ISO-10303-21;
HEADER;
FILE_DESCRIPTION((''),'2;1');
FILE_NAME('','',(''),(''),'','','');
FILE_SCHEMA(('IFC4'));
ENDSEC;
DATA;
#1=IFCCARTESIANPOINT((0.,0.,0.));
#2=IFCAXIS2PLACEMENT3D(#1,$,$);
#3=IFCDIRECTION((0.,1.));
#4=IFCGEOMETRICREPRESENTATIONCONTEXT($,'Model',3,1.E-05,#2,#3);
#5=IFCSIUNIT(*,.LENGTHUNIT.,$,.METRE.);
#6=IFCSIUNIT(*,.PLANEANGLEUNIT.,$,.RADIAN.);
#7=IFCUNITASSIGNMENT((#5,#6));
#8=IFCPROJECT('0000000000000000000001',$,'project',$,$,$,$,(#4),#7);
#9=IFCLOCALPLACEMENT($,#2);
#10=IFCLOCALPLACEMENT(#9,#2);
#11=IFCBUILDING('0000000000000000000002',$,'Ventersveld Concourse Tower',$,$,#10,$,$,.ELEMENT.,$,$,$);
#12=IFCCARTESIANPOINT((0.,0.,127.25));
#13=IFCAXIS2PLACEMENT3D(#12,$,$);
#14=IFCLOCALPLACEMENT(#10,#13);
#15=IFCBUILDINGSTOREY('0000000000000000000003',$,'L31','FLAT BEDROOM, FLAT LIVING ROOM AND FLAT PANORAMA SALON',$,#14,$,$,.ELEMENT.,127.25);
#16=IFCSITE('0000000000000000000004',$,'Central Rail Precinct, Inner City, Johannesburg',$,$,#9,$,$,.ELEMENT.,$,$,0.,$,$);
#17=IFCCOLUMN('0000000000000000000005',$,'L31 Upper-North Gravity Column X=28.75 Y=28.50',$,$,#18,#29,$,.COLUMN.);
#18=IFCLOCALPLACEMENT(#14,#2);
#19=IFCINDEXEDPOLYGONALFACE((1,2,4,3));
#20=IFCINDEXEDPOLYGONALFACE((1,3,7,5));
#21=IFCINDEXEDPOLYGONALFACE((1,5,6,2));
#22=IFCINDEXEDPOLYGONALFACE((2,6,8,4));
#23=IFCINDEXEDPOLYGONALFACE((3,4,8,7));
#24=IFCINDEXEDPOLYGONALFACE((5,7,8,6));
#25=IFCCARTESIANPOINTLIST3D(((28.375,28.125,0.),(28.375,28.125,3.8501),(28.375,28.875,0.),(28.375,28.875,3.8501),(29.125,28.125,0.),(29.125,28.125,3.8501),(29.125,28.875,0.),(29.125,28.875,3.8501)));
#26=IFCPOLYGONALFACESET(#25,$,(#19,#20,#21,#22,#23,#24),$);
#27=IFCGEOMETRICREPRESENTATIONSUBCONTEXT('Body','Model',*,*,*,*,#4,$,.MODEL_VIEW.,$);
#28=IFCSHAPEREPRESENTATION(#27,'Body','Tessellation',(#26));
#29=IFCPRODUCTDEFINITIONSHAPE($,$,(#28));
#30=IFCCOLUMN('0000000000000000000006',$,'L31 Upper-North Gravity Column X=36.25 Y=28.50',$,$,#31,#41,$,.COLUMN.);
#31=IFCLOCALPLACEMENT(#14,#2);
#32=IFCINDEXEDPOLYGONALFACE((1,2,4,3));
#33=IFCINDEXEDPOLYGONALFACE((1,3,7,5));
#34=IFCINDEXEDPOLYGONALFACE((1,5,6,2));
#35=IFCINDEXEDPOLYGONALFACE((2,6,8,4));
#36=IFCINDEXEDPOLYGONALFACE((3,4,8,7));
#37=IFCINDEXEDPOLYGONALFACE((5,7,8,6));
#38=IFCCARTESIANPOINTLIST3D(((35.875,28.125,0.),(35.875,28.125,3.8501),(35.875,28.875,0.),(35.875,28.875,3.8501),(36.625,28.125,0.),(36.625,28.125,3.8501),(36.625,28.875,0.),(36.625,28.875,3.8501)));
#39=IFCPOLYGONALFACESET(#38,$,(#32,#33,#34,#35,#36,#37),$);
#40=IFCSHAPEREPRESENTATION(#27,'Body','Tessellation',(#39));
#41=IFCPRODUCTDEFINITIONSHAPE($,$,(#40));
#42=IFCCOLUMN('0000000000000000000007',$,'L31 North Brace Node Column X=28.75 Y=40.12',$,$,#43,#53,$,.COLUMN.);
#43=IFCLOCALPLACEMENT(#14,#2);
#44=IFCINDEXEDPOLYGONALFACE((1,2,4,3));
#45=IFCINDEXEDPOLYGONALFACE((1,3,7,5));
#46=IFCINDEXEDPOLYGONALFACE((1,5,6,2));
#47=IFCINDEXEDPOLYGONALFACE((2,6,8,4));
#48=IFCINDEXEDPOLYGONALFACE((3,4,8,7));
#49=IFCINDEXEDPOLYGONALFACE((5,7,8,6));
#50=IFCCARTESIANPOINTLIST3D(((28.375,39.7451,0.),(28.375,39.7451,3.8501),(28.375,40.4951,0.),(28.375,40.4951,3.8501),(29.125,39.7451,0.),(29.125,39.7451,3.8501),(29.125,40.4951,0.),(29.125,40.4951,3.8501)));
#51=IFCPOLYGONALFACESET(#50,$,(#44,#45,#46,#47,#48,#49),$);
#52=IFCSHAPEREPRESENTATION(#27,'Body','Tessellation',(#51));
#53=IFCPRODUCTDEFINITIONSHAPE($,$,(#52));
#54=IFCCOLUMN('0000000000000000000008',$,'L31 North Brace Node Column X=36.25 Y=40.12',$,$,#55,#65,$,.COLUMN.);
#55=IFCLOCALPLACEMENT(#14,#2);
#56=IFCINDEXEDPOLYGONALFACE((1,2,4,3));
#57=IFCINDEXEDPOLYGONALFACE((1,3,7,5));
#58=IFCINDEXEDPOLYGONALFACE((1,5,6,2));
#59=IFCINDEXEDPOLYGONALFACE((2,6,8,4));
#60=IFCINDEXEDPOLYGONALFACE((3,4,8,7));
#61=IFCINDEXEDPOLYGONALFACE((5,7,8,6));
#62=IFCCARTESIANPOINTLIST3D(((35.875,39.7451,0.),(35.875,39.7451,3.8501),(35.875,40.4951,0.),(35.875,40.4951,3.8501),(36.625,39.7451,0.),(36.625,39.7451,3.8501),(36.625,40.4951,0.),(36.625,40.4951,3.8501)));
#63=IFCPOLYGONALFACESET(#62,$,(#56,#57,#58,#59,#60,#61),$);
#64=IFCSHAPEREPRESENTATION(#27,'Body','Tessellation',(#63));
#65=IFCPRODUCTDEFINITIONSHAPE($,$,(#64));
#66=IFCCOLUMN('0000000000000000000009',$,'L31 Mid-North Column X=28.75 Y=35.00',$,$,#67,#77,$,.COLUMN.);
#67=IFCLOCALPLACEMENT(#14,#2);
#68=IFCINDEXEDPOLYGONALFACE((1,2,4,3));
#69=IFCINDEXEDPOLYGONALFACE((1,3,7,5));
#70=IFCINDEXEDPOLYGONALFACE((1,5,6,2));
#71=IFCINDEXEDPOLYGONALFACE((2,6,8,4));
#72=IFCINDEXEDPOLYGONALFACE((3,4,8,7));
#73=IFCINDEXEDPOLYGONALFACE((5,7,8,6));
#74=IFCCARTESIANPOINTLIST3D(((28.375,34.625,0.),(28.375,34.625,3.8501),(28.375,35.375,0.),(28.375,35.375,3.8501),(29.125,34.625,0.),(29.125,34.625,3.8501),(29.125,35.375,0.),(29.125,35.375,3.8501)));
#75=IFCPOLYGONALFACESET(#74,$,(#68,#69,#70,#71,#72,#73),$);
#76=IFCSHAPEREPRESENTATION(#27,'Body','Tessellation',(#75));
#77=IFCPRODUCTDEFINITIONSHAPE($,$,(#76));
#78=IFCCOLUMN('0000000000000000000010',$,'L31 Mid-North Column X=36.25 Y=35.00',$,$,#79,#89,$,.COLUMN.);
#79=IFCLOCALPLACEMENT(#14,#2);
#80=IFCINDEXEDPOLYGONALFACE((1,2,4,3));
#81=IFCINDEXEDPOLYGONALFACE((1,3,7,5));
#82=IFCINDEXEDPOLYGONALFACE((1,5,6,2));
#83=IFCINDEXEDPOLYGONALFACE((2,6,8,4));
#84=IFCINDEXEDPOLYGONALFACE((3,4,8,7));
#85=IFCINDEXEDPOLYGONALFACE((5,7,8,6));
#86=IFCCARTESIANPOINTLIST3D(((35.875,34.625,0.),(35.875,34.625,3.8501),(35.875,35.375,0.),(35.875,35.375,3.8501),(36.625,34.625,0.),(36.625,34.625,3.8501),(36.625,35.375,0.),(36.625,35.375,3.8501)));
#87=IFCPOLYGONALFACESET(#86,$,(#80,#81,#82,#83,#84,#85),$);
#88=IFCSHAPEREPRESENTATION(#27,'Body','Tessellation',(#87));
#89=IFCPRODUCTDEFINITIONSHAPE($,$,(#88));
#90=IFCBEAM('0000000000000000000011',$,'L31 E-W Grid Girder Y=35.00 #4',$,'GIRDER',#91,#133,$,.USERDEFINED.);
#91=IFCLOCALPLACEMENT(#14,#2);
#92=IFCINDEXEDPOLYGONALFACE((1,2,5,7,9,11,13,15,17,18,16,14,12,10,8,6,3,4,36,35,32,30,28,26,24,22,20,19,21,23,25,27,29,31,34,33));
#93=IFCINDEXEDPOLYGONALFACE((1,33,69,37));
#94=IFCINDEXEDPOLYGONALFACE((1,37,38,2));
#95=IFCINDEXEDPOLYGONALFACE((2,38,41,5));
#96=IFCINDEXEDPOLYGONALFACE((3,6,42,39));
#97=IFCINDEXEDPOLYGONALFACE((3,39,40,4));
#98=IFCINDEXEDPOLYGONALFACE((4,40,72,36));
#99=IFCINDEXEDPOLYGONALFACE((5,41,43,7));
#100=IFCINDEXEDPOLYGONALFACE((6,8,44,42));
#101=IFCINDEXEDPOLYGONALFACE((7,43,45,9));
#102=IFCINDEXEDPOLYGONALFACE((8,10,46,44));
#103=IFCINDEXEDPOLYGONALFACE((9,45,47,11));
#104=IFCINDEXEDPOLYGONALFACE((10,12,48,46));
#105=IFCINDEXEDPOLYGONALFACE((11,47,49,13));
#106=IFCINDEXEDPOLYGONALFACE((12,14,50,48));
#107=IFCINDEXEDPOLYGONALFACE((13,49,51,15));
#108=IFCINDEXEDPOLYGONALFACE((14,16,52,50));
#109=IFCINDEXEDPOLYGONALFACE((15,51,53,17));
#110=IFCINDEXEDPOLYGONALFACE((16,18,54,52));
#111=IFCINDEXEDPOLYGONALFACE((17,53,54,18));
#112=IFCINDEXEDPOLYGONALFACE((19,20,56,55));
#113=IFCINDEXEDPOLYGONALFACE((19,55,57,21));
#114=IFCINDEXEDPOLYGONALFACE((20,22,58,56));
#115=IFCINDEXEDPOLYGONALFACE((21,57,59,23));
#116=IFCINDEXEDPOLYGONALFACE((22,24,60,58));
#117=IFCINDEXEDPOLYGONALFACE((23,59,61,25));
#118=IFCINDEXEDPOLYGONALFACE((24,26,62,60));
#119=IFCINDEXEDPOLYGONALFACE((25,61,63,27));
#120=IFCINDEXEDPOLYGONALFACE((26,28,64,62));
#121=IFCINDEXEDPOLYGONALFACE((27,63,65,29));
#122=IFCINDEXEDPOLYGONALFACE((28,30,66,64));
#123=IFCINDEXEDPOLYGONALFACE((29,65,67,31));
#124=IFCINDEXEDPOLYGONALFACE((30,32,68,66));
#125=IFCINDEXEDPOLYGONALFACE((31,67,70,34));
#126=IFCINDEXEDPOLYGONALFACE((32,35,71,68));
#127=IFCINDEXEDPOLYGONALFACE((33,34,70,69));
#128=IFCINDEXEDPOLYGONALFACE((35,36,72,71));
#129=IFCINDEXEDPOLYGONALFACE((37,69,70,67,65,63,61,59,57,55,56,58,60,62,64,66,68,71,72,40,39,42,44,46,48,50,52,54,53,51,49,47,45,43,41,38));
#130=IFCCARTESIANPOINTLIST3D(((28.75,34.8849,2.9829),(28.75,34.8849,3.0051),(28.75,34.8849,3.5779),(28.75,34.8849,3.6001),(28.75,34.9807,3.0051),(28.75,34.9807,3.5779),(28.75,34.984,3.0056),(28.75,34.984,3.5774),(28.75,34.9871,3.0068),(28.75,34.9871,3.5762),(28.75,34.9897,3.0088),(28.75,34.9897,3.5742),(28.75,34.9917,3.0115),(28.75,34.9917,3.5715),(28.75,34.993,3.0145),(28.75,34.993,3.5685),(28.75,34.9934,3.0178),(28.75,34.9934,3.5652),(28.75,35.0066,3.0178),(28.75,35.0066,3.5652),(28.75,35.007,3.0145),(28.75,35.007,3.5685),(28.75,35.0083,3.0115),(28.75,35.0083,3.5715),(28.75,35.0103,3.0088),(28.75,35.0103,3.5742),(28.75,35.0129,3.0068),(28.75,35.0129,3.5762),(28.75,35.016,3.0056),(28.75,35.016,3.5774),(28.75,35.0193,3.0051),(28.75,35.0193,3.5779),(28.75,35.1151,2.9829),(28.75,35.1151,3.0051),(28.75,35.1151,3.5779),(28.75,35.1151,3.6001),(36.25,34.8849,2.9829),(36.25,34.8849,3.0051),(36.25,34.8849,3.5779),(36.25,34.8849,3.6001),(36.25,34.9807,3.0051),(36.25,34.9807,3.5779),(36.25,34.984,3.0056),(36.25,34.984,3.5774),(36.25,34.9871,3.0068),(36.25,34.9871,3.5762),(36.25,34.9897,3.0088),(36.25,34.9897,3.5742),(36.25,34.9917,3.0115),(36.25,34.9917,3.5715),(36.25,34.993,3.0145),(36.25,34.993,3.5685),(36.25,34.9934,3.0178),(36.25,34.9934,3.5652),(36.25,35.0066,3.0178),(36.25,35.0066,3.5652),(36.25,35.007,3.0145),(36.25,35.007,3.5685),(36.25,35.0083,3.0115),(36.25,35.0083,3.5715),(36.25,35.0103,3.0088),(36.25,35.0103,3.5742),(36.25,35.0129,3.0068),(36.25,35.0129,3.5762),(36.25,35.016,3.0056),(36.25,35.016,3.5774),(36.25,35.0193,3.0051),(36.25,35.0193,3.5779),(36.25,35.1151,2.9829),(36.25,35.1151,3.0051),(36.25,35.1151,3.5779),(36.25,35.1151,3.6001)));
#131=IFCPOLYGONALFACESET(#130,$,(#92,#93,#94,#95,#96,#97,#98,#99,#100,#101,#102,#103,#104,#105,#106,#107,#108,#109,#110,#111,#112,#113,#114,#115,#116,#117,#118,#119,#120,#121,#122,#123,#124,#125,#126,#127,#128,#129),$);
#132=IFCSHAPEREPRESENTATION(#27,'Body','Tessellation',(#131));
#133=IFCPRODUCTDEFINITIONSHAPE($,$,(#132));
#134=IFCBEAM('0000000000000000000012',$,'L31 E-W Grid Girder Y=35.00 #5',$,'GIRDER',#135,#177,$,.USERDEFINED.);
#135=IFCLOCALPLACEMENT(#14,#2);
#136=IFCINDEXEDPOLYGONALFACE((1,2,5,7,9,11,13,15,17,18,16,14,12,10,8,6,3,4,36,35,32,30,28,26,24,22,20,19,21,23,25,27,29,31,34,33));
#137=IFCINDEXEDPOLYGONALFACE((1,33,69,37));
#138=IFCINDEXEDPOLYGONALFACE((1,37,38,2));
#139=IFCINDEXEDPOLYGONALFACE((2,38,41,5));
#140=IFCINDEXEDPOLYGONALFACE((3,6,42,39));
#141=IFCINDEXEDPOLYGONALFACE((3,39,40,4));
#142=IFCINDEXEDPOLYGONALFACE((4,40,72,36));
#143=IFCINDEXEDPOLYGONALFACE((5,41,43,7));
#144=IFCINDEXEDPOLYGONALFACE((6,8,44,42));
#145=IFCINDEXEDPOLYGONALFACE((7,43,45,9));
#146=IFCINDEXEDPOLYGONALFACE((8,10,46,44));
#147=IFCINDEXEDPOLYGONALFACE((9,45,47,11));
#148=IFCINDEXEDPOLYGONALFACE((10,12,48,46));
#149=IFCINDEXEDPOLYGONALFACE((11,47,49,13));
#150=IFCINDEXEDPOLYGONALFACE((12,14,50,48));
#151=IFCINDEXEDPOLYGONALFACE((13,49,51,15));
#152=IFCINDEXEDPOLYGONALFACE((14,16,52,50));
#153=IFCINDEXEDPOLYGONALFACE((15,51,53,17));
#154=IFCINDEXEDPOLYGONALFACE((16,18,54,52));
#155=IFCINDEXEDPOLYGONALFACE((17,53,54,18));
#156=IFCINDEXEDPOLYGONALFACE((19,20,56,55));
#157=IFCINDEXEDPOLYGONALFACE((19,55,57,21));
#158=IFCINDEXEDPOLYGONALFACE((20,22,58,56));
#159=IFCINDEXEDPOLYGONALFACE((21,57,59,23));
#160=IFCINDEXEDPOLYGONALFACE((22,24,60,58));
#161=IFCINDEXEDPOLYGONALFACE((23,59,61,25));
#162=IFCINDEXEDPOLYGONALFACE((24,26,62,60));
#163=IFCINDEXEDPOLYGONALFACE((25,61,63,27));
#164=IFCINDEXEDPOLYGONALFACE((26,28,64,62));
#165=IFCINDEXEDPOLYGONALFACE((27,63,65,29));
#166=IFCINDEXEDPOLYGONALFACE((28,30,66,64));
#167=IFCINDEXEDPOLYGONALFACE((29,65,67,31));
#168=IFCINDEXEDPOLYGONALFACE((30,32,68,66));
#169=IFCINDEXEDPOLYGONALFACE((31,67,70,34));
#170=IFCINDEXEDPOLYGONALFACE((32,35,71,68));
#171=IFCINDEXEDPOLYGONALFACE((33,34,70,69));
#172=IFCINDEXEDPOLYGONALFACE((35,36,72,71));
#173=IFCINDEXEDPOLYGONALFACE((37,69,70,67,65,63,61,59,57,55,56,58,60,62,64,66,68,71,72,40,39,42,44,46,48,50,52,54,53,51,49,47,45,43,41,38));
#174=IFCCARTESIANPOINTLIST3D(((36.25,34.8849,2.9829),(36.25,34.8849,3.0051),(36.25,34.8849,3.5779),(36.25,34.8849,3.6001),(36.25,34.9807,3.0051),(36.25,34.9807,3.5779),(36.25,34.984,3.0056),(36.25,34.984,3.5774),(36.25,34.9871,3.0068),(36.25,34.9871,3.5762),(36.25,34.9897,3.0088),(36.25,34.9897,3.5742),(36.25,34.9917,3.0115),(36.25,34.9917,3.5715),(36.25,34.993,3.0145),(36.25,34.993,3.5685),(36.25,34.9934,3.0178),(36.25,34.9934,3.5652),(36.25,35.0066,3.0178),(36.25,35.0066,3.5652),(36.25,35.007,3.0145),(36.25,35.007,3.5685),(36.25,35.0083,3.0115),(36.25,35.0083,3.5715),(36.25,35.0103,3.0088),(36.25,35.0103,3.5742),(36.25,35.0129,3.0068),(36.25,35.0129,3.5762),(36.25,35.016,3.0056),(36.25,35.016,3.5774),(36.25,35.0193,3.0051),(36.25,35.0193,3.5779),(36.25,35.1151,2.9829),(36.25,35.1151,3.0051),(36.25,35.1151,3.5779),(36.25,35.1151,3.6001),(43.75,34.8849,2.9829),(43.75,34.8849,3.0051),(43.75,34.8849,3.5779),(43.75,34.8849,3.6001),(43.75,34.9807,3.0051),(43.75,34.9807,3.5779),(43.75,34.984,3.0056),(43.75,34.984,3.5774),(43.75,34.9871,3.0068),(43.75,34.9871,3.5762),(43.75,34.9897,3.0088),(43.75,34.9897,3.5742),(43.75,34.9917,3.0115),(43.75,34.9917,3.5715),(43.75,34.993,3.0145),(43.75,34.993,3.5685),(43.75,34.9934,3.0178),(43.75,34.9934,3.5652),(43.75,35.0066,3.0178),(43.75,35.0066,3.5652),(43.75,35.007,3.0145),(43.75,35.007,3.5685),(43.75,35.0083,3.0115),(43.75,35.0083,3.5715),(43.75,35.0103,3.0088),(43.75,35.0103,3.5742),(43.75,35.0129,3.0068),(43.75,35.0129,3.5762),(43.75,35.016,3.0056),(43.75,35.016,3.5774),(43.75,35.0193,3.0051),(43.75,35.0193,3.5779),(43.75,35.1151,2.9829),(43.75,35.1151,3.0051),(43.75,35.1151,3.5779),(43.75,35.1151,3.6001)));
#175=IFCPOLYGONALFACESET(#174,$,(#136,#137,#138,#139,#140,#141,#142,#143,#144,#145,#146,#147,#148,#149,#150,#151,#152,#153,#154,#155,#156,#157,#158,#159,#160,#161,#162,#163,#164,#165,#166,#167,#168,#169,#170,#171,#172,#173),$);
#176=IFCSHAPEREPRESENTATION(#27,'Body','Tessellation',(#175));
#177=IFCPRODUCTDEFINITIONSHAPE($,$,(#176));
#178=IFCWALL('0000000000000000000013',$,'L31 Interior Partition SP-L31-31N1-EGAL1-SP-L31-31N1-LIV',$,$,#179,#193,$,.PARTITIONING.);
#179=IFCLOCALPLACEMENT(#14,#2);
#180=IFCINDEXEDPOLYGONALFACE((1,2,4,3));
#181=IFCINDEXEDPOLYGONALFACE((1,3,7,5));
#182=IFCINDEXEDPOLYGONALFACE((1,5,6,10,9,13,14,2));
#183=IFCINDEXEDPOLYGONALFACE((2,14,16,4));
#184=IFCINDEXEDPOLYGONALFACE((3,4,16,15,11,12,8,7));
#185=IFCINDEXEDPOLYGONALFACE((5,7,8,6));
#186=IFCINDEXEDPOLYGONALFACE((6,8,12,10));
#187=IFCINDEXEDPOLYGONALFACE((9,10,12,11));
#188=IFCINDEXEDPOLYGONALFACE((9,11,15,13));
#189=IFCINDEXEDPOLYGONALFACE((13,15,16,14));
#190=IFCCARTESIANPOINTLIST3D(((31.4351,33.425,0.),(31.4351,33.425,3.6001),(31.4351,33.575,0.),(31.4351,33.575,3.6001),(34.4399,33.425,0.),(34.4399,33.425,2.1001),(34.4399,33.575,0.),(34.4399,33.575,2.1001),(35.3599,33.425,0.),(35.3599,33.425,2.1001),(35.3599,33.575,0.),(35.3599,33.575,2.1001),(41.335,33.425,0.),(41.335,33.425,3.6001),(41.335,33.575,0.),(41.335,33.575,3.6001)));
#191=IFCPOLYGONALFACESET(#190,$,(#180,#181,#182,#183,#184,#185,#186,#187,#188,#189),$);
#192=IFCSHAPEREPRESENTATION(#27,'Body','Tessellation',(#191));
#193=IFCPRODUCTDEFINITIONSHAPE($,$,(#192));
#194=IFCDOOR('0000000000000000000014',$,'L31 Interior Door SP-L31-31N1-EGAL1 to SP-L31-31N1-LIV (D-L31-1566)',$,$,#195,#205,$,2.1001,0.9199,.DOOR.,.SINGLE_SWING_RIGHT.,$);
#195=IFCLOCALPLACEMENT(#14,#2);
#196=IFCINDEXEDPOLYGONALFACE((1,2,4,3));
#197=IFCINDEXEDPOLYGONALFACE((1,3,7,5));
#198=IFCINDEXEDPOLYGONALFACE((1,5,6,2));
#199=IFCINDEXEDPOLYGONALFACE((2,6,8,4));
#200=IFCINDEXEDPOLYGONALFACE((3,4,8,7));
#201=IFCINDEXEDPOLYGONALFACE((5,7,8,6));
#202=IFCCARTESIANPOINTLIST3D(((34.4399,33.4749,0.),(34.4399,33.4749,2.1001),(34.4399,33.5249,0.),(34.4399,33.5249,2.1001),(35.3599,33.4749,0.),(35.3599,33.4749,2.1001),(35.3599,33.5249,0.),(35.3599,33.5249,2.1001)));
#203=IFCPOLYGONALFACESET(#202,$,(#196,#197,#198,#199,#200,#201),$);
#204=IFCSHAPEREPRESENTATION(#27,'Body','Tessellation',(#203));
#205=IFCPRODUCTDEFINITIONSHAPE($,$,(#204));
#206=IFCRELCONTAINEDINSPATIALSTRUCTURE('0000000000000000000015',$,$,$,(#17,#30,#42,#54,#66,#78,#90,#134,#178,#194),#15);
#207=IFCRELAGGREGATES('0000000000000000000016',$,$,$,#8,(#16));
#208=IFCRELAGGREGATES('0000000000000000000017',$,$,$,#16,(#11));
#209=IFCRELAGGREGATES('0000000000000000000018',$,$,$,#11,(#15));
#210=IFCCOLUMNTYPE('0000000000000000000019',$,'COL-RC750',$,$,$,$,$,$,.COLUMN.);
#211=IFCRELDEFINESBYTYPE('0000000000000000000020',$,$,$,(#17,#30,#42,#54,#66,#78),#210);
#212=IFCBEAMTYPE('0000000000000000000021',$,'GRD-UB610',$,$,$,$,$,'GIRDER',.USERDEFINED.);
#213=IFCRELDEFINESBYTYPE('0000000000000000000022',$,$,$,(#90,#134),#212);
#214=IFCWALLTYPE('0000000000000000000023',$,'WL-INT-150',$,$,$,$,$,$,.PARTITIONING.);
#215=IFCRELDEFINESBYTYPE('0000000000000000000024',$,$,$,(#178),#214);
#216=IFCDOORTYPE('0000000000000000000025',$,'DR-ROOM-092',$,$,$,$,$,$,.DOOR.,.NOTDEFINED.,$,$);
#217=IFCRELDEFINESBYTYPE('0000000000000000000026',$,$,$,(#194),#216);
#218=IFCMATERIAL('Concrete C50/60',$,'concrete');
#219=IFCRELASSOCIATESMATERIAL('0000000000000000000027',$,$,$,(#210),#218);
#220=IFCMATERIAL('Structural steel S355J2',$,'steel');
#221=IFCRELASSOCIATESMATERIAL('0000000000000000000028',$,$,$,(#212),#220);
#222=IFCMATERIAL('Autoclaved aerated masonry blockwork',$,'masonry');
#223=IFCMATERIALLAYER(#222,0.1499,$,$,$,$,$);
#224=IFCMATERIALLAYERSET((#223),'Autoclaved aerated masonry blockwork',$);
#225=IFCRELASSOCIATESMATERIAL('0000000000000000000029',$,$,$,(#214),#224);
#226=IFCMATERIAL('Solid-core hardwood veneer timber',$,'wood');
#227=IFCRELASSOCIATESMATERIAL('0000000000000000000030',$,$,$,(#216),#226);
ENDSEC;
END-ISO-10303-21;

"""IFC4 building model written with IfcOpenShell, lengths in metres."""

from ifc_helpers import new_model, si_unit, direction, frame, frame_2d, origin, origin_2d, place, context, subcontext, project, spatial, rectangle, i_section, extrude, material, layer, layer_set, material_profile, profile_set, type_object, element, fill, save


model = new_model("IFC4")

# Units and contexts
model_context = context("Model", 3, precision=1e-05, world=origin(), true_north=direction((0.0, 1.0)))
body_context = subcontext(model_context, "Body", "Model", "MODEL_VIEW")
ifc_project = project(units=[si_unit("LENGTHUNIT", "METRE"), si_unit("PLANEANGLEUNIT", "RADIAN")], contexts=[model_context])

# Site, building, storey
site_placement = place(None, origin())
site = spatial("IfcSite", under=ifc_project, at=site_placement, Name="Central Rail Precinct, Inner City, Johannesburg", CompositionType="ELEMENT", RefElevation=0.0)
building_placement = place(site_placement, origin())
building = spatial("IfcBuilding", under=site, at=building_placement, Name="Ventersveld Concourse Tower", CompositionType="ELEMENT")
storey_placement = place(building_placement, frame((0.0, 0.0, 127.25)))
storey = spatial("IfcBuildingStorey", under=building, at=storey_placement, Name="L31", Description="FLAT BEDROOM, FLAT LIVING ROOM AND FLAT PANORAMA SALON", CompositionType="ELEMENT", Elevation=127.25)

# Columns
ifc_material_1 = material(Name="Concrete C50/60", Category="concrete")
ifc_material_profile_1 = material_profile(ifc_material_1, rectangle(XDim=0.75, YDim=0.75, at=origin_2d()), Name="RC 750x750")
ifc_profile_set_1 = profile_set([ifc_material_profile_1], Name="Concrete C50/60")
column_type = type_object("IfcColumnType", Name="COL-RC750", PredefinedType="COLUMN", material=ifc_profile_set_1)
for number, where, z_axis, x_axis, name in (
    (1, (28.75, 28.5, 0.0), (0.0, 0.0, 1.0), (1.0, 0.0, 0.0), "L31 Upper-North Gravity Column X=28.75 Y=28.50"),
    (2, (36.25, 28.5, 0.0), (0.0, 0.0, 1.0), (1.0, 0.0, 0.0), "L31 Upper-North Gravity Column X=36.25 Y=28.50"),
    (3, (28.75, 40.1201, 0.0), (0.0, 0.0, 1.0), (1.0, 0.0, 0.0), "L31 North Brace Node Column X=28.75 Y=40.12"),
    (4, (36.25, 40.1201, 0.0), (0.0, 0.0, 1.0), (1.0, 0.0, 0.0), "L31 North Brace Node Column X=36.25 Y=40.12"),
    (5, (28.75, 35.0, 0.0), (0.0, 0.0, 1.0), (1.0, 0.0, 0.0), "L31 Mid-North Column X=28.75 Y=35.00"),
    (6, (36.25, 35.0, 0.0), (0.0, 0.0, 1.0), (1.0, 0.0, 0.0), "L31 Mid-North Column X=36.25 Y=35.00"),
):
    element("IfcColumn", number, at=place(storey_placement, frame(where, z_axis=z_axis, x_axis=x_axis)), inside=storey, type_object=column_type, Name=name, PredefinedType="COLUMN", context=body_context, shape_type="SweptSolid", body=[
        extrude(rectangle(XDim=0.75, YDim=0.75, at=origin_2d()), origin(), (0.0, 0.0, 1.0), 3.8501),
    ])

# Beams
ifc_material_2 = material(Name="Structural steel S355J2", Category="steel")
ifc_material_profile_2 = material_profile(ifc_material_2, i_section(OverallWidth=0.2302, OverallDepth=0.6172, WebThickness=0.0132, FlangeThickness=0.0222, FilletRadius=0.0127, at=origin_2d()), Name="UB 610x229x140")
ifc_profile_set_2 = profile_set([ifc_material_profile_2], Name="Structural steel S355J2")
beam_type = type_object("IfcBeamType", Name="GRD-UB610", ElementType="GIRDER", PredefinedType="USERDEFINED", material=ifc_profile_set_2)
for number, where, z_axis, x_axis, name in (
    (7, (28.75, 35.0, 3.2915), (1.0, 0.0, 0.0), (0.0, 1.0, 0.0), "L31 E-W Grid Girder Y=35.00 #4"),
    (8, (36.25, 35.0, 3.2915), (1.0, 0.0, 0.0), (0.0, 1.0, 0.0), "L31 E-W Grid Girder Y=35.00 #5"),
):
    element("IfcBeam", number, at=place(storey_placement, frame(where, z_axis=z_axis, x_axis=x_axis)), inside=storey, type_object=beam_type, Name=name, ObjectType="GIRDER", PredefinedType="USERDEFINED", context=body_context, shape_type="SweptSolid", body=[
        extrude(i_section(OverallWidth=0.2302, OverallDepth=0.6172, WebThickness=0.0132, FlangeThickness=0.0222, FilletRadius=0.0127, at=origin_2d()), origin(), (0.0, 0.0, 1.0), 7.5),
    ])

# Wall, opening, door
ifc_material_3 = material(Name="Autoclaved aerated masonry blockwork", Category="masonry")
ifc_layer = layer(ifc_material_3, 0.1499)
ifc_layer_set = layer_set([ifc_layer], Name="Autoclaved aerated masonry blockwork")
wall_type = type_object("IfcWallType", Name="WL-INT-150", PredefinedType="PARTITIONING", material=ifc_layer_set)
wall_1_placement = place(storey_placement, frame((31.4351, 33.5, 0.0), z_axis=(0.0, 0.0, 1.0), x_axis=(1.0, 0.0, 0.0)))
wall_1 = element("IfcWall", 9, at=wall_1_placement, inside=storey, type_object=wall_type, Name="L31 Interior Partition SP-L31-31N1-EGAL1-SP-L31-31N1-LIV", PredefinedType="PARTITIONING", context=body_context, shape_type="SweptSolid", body=[
    extrude(rectangle(XDim=9.8999, YDim=0.1499, at=frame_2d((4.95, 0.0))), origin(), (0.0, 0.0, 1.0), 3.6001),
])
opening_1_placement = place(wall_1_placement, frame((3.0049, 0.0, 0.0)))
opening_1 = element("IfcOpeningElement", 10, at=opening_1_placement, cuts=wall_1, PredefinedType="OPENING", context=body_context, shape_type="SweptSolid", body=[
    extrude(rectangle(XDim=0.9199, YDim=2.1001, at=frame_2d((0.46, 1.05))), frame((0.0, 0.085, 0.0), z_axis=(0.0, -1.0, 0.0), x_axis=(1.0, 0.0, 0.0)), (0.0, 0.0, 1.0), 0.1699),
])
ifc_material_4 = material(Name="Solid-core hardwood veneer timber", Category="wood")
door_type = type_object("IfcDoorType", Name="DR-ROOM-092", OperationType="NOTDEFINED", PredefinedType="DOOR", material=ifc_material_4)
door_1_placement = place(opening_1_placement, origin())
door_1 = element("IfcDoor", 11, at=door_1_placement, inside=storey, type_object=door_type, Name="L31 Interior Door SP-L31-31N1-EGAL1 to SP-L31-31N1-LIV (D-L31-1566)", OperationType="SINGLE_SWING_RIGHT", OverallHeight=2.1001, OverallWidth=0.9199, PredefinedType="DOOR", context=body_context, shape_type="SweptSolid", body=[
    extrude(rectangle(XDim=0.9199, YDim=2.1001, at=frame_2d((0.46, 1.05))), frame((0.0, 0.0249, 0.0), z_axis=(0.0, -1.0, 0.0), x_axis=(1.0, 0.0, 0.0)), (0.0, 0.0, 1.0), 0.05),
])
fill(opening_1, door_1)

save(model, "model.ifc")
